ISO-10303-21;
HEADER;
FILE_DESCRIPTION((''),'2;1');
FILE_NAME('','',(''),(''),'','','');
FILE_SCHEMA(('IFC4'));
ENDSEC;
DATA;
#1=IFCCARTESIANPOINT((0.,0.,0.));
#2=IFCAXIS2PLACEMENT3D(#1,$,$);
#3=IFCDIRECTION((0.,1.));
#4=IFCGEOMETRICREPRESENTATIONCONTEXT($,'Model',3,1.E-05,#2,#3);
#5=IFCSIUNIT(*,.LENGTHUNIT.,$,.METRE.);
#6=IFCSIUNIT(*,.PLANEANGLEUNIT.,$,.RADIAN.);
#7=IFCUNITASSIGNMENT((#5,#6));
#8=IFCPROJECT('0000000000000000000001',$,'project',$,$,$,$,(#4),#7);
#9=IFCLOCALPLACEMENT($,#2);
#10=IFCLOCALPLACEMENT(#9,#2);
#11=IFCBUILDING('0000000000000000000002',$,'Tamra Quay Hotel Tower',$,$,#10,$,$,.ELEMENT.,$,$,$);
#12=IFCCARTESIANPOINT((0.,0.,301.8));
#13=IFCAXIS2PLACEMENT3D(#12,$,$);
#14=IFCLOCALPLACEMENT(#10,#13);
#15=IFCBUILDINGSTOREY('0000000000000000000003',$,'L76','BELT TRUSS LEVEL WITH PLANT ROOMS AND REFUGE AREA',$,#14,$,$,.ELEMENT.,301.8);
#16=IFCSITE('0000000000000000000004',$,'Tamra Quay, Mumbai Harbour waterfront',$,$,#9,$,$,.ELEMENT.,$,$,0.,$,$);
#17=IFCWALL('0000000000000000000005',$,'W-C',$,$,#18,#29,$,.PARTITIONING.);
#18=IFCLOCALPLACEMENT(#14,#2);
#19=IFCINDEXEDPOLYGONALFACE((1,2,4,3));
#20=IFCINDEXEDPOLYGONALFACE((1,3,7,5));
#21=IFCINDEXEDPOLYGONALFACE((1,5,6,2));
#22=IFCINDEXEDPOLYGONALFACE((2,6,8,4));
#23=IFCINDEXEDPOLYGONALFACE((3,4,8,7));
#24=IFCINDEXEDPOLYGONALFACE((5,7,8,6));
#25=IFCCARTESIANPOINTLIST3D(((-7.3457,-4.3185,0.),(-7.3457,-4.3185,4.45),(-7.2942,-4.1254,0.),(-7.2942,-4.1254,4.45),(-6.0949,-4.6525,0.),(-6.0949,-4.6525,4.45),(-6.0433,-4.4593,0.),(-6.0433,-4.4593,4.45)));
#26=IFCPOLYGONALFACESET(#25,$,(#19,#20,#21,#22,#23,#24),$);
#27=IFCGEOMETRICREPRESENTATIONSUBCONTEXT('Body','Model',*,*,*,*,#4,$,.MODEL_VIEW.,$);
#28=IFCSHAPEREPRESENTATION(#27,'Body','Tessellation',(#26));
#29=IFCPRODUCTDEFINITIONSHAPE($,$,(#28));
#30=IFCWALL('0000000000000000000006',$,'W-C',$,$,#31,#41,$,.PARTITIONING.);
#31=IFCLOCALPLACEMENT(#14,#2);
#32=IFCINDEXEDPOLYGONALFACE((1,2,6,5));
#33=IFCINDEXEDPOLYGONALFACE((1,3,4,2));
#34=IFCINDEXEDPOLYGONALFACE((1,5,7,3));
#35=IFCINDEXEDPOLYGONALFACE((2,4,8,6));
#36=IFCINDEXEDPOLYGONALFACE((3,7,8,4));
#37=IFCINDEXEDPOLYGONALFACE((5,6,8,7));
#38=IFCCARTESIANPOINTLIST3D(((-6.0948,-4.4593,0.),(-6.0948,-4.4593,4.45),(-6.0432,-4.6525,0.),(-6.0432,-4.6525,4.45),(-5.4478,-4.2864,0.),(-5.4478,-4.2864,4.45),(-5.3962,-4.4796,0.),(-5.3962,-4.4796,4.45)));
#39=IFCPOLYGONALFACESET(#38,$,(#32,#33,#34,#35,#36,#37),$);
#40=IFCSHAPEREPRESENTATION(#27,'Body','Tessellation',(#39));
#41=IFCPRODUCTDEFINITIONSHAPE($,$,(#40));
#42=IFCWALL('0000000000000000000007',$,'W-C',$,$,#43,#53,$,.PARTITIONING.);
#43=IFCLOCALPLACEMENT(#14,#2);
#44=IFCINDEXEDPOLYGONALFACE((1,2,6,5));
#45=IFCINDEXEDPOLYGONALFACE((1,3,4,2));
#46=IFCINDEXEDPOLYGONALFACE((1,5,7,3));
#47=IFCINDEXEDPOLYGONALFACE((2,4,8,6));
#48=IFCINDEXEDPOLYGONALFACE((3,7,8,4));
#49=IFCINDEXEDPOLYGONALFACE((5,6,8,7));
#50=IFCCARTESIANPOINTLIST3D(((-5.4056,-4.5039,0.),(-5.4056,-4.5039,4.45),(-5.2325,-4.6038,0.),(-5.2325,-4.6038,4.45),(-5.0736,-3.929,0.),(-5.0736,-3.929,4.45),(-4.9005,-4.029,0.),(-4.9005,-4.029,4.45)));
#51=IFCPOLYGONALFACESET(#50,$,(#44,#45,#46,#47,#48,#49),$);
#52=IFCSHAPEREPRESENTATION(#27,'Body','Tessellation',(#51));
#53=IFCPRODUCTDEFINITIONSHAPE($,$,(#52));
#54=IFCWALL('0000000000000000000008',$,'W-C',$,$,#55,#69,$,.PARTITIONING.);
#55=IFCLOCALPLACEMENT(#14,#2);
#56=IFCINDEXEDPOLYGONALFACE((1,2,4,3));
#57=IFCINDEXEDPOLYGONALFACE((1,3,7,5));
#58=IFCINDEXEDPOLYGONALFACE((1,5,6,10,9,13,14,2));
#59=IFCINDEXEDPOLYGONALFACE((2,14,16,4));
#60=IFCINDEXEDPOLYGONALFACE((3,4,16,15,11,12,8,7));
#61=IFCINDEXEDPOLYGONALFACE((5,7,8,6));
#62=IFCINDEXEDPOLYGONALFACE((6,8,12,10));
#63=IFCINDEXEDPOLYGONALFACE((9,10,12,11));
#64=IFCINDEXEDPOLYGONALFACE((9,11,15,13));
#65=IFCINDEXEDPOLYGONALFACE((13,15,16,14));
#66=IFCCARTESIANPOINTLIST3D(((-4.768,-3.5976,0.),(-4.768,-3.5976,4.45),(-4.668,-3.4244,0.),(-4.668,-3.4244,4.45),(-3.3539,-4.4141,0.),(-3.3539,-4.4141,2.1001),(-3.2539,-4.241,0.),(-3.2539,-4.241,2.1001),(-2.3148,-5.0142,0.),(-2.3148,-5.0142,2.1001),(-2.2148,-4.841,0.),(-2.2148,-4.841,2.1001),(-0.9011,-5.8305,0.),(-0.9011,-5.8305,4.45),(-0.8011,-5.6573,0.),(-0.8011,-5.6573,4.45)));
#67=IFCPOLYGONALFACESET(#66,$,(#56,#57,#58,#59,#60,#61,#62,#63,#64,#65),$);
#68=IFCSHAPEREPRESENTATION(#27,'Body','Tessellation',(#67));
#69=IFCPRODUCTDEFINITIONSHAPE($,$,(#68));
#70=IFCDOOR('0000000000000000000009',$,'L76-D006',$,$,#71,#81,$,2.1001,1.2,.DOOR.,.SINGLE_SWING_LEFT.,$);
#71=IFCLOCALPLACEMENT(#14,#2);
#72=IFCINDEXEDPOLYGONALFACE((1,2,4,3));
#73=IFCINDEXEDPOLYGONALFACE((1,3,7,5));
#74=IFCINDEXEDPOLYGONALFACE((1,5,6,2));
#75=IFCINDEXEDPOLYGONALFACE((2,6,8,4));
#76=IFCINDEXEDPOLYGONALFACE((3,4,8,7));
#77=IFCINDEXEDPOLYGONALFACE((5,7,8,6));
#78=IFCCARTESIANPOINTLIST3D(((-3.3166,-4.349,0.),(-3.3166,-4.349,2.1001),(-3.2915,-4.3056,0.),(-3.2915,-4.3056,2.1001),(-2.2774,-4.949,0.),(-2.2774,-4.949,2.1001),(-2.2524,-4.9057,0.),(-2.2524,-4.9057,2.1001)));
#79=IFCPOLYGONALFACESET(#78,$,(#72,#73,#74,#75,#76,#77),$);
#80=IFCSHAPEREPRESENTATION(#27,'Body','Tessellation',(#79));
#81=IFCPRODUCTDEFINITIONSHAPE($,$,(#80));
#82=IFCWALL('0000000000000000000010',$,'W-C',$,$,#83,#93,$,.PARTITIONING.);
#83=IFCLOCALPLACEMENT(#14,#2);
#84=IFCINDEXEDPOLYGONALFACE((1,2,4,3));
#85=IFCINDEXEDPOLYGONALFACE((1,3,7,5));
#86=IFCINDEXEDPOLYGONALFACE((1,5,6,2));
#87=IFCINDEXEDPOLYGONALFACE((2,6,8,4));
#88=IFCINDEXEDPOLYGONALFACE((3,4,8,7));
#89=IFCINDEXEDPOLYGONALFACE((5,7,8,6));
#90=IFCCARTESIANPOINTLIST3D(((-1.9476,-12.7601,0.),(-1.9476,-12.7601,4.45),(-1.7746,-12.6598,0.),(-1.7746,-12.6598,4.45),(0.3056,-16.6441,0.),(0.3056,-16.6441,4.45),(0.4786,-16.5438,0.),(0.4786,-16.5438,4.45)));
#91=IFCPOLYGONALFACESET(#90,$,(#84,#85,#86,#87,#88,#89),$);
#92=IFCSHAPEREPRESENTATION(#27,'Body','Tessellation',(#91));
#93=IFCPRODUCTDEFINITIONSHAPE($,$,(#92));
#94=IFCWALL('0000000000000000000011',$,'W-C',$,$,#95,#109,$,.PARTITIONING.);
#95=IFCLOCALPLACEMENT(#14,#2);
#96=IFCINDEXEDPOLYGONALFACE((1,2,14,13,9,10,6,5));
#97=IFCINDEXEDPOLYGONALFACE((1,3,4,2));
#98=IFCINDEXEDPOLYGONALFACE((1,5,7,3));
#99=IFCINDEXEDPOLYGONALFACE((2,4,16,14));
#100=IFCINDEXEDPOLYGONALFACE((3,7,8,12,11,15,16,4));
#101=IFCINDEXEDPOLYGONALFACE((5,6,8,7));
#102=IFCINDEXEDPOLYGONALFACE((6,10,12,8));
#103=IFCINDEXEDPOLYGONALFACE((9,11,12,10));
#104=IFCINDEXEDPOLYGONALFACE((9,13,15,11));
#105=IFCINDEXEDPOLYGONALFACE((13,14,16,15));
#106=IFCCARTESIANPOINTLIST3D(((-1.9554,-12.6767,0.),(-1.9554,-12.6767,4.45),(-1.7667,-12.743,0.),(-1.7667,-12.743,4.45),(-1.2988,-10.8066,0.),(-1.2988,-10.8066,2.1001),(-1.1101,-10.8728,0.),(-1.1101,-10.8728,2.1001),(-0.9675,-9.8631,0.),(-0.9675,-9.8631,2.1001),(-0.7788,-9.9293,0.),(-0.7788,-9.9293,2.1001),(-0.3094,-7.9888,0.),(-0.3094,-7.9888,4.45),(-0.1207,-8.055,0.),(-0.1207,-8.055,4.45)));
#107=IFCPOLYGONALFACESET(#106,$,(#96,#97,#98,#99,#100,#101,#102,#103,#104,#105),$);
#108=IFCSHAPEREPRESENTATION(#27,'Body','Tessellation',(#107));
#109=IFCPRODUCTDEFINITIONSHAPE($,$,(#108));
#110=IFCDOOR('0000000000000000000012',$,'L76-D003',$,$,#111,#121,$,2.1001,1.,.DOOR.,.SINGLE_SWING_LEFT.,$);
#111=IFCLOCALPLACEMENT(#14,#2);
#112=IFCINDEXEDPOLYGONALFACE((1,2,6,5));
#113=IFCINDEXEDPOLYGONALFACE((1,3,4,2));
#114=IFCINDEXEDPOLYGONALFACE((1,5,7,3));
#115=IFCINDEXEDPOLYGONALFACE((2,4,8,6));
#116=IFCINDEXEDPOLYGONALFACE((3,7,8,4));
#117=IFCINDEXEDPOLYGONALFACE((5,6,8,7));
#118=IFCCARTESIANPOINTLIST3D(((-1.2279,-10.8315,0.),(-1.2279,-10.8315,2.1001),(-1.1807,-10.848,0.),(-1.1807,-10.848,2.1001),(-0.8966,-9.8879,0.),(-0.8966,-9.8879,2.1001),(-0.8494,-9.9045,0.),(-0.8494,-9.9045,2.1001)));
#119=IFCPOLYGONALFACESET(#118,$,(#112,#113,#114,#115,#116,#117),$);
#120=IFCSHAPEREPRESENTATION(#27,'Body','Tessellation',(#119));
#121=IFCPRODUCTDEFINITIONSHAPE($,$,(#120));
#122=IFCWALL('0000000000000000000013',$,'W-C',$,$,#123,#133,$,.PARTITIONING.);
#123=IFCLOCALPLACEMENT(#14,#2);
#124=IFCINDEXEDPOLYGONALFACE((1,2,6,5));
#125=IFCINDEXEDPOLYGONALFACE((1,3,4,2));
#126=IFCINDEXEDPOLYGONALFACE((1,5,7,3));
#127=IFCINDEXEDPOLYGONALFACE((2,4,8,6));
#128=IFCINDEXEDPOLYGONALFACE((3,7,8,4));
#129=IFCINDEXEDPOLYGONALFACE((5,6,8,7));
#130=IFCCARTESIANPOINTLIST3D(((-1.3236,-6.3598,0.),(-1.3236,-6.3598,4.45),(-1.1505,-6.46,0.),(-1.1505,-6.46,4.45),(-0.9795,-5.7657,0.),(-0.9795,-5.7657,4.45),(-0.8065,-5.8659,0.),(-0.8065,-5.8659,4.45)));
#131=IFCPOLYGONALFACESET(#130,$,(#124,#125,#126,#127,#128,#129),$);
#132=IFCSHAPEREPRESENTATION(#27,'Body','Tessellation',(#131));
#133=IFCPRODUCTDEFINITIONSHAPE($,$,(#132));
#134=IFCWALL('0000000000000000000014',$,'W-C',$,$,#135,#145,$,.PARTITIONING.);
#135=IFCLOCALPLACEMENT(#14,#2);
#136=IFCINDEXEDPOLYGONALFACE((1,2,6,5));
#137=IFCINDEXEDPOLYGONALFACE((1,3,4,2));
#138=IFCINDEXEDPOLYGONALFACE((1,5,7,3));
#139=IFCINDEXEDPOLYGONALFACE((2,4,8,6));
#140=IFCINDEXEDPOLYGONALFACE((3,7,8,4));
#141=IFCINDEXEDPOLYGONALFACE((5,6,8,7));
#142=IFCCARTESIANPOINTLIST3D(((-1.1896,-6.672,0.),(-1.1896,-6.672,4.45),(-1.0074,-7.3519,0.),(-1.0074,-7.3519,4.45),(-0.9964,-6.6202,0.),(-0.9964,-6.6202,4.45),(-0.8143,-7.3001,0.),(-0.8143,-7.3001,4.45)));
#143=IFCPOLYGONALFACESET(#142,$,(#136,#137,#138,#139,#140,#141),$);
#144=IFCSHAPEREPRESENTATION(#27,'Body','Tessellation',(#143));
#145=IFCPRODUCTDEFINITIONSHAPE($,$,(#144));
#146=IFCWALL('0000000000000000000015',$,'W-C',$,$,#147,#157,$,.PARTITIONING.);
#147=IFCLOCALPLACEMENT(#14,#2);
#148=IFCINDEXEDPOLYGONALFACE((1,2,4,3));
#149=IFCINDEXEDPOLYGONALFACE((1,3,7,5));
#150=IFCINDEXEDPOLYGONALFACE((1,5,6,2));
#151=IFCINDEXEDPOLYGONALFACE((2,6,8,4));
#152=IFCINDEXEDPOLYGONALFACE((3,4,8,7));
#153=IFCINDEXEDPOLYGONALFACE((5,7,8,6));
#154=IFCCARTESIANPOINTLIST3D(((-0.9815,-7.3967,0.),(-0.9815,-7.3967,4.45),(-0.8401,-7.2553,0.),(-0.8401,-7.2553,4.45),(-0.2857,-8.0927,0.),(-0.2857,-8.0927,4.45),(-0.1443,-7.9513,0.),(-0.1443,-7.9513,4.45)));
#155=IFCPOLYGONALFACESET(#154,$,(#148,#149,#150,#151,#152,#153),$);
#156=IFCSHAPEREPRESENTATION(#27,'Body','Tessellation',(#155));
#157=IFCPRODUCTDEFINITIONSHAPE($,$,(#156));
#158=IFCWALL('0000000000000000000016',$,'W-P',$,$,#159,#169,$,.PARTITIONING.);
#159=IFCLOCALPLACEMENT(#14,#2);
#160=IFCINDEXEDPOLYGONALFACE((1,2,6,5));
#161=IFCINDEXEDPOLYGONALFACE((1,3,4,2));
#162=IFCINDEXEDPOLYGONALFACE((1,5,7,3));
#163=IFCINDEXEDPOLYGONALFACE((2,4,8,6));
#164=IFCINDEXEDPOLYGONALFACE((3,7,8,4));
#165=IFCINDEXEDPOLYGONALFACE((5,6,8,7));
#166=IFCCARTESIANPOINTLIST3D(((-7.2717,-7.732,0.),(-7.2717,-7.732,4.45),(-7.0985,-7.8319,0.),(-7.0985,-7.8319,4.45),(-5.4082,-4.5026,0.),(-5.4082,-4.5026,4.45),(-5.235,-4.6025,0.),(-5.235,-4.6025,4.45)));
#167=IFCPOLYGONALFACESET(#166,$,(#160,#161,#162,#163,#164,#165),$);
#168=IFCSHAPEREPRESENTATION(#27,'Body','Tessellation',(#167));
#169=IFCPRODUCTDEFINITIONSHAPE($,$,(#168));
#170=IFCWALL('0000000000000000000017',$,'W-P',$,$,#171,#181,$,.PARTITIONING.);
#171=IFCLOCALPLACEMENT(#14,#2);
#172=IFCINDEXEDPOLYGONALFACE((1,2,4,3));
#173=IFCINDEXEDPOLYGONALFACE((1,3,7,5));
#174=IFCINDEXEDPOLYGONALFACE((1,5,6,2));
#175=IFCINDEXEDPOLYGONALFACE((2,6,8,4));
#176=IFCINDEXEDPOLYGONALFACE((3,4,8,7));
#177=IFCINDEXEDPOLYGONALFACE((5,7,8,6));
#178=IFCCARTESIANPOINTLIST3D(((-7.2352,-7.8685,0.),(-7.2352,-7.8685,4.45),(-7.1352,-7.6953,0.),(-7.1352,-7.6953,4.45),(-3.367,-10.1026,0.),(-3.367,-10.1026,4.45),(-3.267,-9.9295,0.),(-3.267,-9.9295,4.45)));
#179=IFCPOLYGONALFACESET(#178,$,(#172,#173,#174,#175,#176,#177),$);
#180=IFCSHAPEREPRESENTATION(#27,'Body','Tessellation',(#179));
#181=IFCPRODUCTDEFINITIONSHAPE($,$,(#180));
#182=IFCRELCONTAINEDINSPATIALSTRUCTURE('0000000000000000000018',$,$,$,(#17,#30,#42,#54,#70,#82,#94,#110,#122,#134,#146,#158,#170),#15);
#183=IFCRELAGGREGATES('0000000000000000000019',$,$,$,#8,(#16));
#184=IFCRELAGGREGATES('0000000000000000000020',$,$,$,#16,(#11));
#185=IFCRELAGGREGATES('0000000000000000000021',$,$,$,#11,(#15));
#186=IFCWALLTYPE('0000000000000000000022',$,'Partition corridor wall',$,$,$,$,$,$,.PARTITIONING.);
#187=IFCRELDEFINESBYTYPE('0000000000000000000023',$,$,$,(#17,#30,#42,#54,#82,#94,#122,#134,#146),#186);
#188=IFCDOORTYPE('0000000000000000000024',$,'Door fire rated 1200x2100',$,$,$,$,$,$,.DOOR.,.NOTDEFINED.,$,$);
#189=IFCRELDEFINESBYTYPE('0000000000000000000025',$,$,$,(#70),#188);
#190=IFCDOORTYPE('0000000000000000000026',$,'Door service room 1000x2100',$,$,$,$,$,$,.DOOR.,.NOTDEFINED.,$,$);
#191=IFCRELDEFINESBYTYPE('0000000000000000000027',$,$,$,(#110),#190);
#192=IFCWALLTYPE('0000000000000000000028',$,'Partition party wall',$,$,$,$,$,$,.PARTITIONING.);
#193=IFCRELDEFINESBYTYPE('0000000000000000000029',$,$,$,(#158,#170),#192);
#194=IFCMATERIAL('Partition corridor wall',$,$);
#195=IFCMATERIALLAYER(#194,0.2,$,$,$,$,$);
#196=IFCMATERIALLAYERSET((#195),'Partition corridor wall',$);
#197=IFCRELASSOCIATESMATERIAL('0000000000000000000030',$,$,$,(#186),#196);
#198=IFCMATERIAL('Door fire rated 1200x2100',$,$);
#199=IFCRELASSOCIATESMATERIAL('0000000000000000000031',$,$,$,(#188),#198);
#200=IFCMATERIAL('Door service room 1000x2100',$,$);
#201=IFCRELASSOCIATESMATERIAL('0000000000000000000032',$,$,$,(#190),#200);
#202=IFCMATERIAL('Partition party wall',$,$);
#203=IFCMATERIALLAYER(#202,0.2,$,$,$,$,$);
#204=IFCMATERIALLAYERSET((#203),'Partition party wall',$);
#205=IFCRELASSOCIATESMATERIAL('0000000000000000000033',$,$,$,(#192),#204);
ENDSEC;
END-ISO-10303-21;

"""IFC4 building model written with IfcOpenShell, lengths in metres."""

from ifc_helpers import new_model, si_unit, direction, frame, frame_2d, origin, place, context, subcontext, project, spatial, rectangle, extrude, material, layer, layer_set, type_object, element, fill, save


model = new_model("IFC4")

# Units and contexts
model_context = context("Model", 3, precision=1e-05, world=origin(), true_north=direction((0.0, 1.0)))
body_context = subcontext(model_context, "Body", "Model", "MODEL_VIEW")
ifc_project = project(units=[si_unit("LENGTHUNIT", "METRE"), si_unit("PLANEANGLEUNIT", "RADIAN")], contexts=[model_context])

# Site, building, storey
site_placement = place(None, origin())
site = spatial("IfcSite", under=ifc_project, at=site_placement, Name="Tamra Quay, Mumbai Harbour waterfront", CompositionType="ELEMENT", RefElevation=0.0)
building_placement = place(site_placement, origin())
building = spatial("IfcBuilding", under=site, at=building_placement, Name="Tamra Quay Hotel Tower", CompositionType="ELEMENT")
storey_placement = place(building_placement, frame((0.0, 0.0, 301.8)))
storey = spatial("IfcBuildingStorey", under=building, at=storey_placement, Name="L76", Description="BELT TRUSS LEVEL WITH PLANT ROOMS AND REFUGE AREA", CompositionType="ELEMENT", Elevation=301.8)

# Walls
ifc_material_1 = material(Name="Partition corridor wall")
ifc_layer_1 = layer(ifc_material_1, 0.2)
ifc_layer_set_1 = layer_set([ifc_layer_1], Name="Partition corridor wall")
wall_type_1 = type_object("IfcWallType", Name="Partition corridor wall", PredefinedType="PARTITIONING", material=ifc_layer_set_1)
wall_1_placement = place(storey_placement, frame((-7.3201, -4.2219, 0.0), z_axis=(0.0, 0.0, 1.0), x_axis=(0.96616, -0.257944, 0.0)))
element("IfcWall", 1, at=wall_1_placement, inside=storey, type_object=wall_type_1, Name="W-C", PredefinedType="PARTITIONING", context=body_context, shape_type="SweptSolid", body=[
    extrude(rectangle(XDim=1.2947, YDim=0.2, at=frame_2d((0.6475, 0.0))), origin(), (0.0, 0.0, 1.0), 4.45),
])
wall_2_placement = place(storey_placement, frame((-6.0691, -4.5559, 0.0), z_axis=(0.0, 0.0, 1.0), x_axis=(0.966114, 0.258116, 0.0)))
element("IfcWall", 2, at=wall_2_placement, inside=storey, type_object=wall_type_1, Name="W-C", PredefinedType="PARTITIONING", context=body_context, shape_type="SweptSolid", body=[
    extrude(rectangle(XDim=0.6697, YDim=0.2, at=frame_2d((0.335, 0.0))), origin(), (0.0, 0.0, 1.0), 4.45),
])
wall_3_placement = place(storey_placement, frame((-5.3191, -4.554, 0.0), z_axis=(0.0, 0.0, 1.0), x_axis=(0.500094, 0.865971, 0.0)))
element("IfcWall", 3, at=wall_3_placement, inside=storey, type_object=wall_type_1, Name="W-C", PredefinedType="PARTITIONING", context=body_context, shape_type="SweptSolid", body=[
    extrude(rectangle(XDim=0.6638, YDim=0.2, at=frame_2d((0.332, 0.0))), origin(), (0.0, 0.0, 1.0), 4.45),
])

# Wall, opening, door
wall_4_placement = place(storey_placement, frame((-4.718, -3.511, 0.0), z_axis=(0.0, 0.0, 1.0), x_axis=(0.865993, -0.500055, 0.0)))
wall_4 = element("IfcWall", 4, at=wall_4_placement, inside=storey, type_object=wall_type_1, Name="W-C", PredefinedType="PARTITIONING", context=body_context, shape_type="SweptSolid", body=[
    extrude(rectangle(XDim=4.4653, YDim=0.2, at=frame_2d((2.2327, 0.0))), origin(), (0.0, 0.0, 1.0), 4.45),
])
opening_1_placement = place(wall_4_placement, frame((1.6328, 0.0, 0.0)))
opening_1 = element("IfcOpeningElement", 5, at=opening_1_placement, cuts=wall_4, PredefinedType="OPENING", context=body_context, shape_type="SweptSolid", body=[
    extrude(rectangle(XDim=1.2, YDim=2.1001, at=frame_2d((0.6001, 1.05))), frame((0.0, 0.1099, 0.0), z_axis=(0.0, -1.0, 0.0), x_axis=(1.0, 0.0, 0.0)), (0.0, 0.0, 1.0), 0.22),
])
ifc_material_2 = material(Name="Door fire rated 1200x2100")
door_type_1 = type_object("IfcDoorType", Name="Door fire rated 1200x2100", OperationType="NOTDEFINED", PredefinedType="DOOR", material=ifc_material_2)
door_1_placement = place(opening_1_placement, frame((1.2, 0.0, 0.0), z_axis=(0.0, 0.0, 1.0), x_axis=(-1.0, 0.0, 0.0)))
door_1 = element("IfcDoor", 6, at=door_1_placement, inside=storey, type_object=door_type_1, Name="L76-D006", OperationType="SINGLE_SWING_LEFT", OverallHeight=2.1001, OverallWidth=1.2, PredefinedType="DOOR", context=body_context, shape_type="SweptSolid", body=[
    extrude(rectangle(XDim=1.2, YDim=2.1001, at=frame_2d((0.6001, 1.05))), frame((0.0, 0.0249, 0.0), z_axis=(0.0, -1.0, 0.0), x_axis=(1.0, 0.0, 0.0)), (0.0, 0.0, 1.0), 0.05),
])
fill(opening_1, door_1)

# Wall
wall_5_placement = place(storey_placement, frame((-1.8611, -12.71, 0.0), z_axis=(0.0, 0.0, 1.0), x_axis=(0.501791, -0.864989, 0.0)))
element("IfcWall", 7, at=wall_5_placement, inside=storey, type_object=wall_type_1, Name="W-C", PredefinedType="PARTITIONING", context=body_context, shape_type="SweptSolid", body=[
    extrude(rectangle(XDim=4.4902, YDim=0.2, at=frame_2d((2.2451, 0.0))), origin(), (0.0, 0.0, 1.0), 4.45),
])

# Wall, opening, door
wall_6_placement = place(storey_placement, frame((-1.8611, -12.71, 0.0), z_axis=(0.0, 0.0, 1.0), x_axis=(0.331283, 0.943532, 0.0)))
wall_6 = element("IfcWall", 8, at=wall_6_placement, inside=storey, type_object=wall_type_1, Name="W-C", PredefinedType="PARTITIONING", context=body_context, shape_type="SweptSolid", body=[
    extrude(rectangle(XDim=4.9685, YDim=0.2, at=frame_2d((2.4844, 0.0))), origin(), (0.0, 0.0, 1.0), 4.45),
])
opening_2_placement = place(wall_6_placement, frame((1.9822, 0.0, 0.0)))
opening_2 = element("IfcOpeningElement", 9, at=opening_2_placement, cuts=wall_6, PredefinedType="OPENING", context=body_context, shape_type="SweptSolid", body=[
    extrude(rectangle(XDim=1.0, YDim=2.1001, at=frame_2d((0.5, 1.05))), frame((0.0, 0.1099, 0.0), z_axis=(0.0, -1.0, 0.0), x_axis=(1.0, 0.0, 0.0)), (0.0, 0.0, 1.0), 0.22),
])
ifc_material_3 = material(Name="Door service room 1000x2100")
door_type_2 = type_object("IfcDoorType", Name="Door service room 1000x2100", OperationType="NOTDEFINED", PredefinedType="DOOR", material=ifc_material_3)
door_2_placement = place(opening_2_placement, origin())
door_2 = element("IfcDoor", 10, at=door_2_placement, inside=storey, type_object=door_type_2, Name="L76-D003", OperationType="SINGLE_SWING_LEFT", OverallHeight=2.1001, OverallWidth=1.0, PredefinedType="DOOR", context=body_context, shape_type="SweptSolid", body=[
    extrude(rectangle(XDim=1.0, YDim=2.1001, at=frame_2d((0.5, 1.05))), frame((0.0, 0.0249, 0.0), z_axis=(0.0, -1.0, 0.0), x_axis=(1.0, 0.0, 0.0)), (0.0, 0.0, 1.0), 0.05),
])
fill(opening_2, door_2)

# Walls
wall_7_placement = place(storey_placement, frame((-1.2371, -6.4099, 0.0), z_axis=(0.0, 0.0, 1.0), x_axis=(0.501148, 0.865361, 0.0)))
element("IfcWall", 11, at=wall_7_placement, inside=storey, type_object=wall_type_1, Name="W-C", PredefinedType="PARTITIONING", context=body_context, shape_type="SweptSolid", body=[
    extrude(rectangle(XDim=0.6865, YDim=0.2, at=frame_2d((0.3433, 0.0))), origin(), (0.0, 0.0, 1.0), 4.45),
])
wall_8_placement = place(storey_placement, frame((-1.093, -6.646, 0.0), z_axis=(0.0, 0.0, 1.0), x_axis=(0.258742, -0.965947, 0.0)))
element("IfcWall", 12, at=wall_8_placement, inside=storey, type_object=wall_type_1, Name="W-C", PredefinedType="PARTITIONING", context=body_context, shape_type="SweptSolid", body=[
    extrude(rectangle(XDim=0.7039, YDim=0.2, at=frame_2d((0.3521, 0.0))), origin(), (0.0, 0.0, 1.0), 4.45),
])
wall_9_placement = place(storey_placement, frame((-0.9109, -7.3259, 0.0), z_axis=(0.0, 0.0, 1.0), x_axis=(0.706983, -0.707231, 0.0)))
element("IfcWall", 13, at=wall_9_placement, inside=storey, type_object=wall_type_1, Name="W-C", PredefinedType="PARTITIONING", context=body_context, shape_type="SweptSolid", body=[
    extrude(rectangle(XDim=0.9841, YDim=0.2, at=frame_2d((0.4922, 0.0))), origin(), (0.0, 0.0, 1.0), 4.45),
])
ifc_material_4 = material(Name="Partition party wall")
ifc_layer_2 = layer(ifc_material_4, 0.2)
ifc_layer_set_2 = layer_set([ifc_layer_2], Name="Partition party wall")
wall_type_2 = type_object("IfcWallType", Name="Partition party wall", PredefinedType="PARTITIONING", material=ifc_layer_set_2)
wall_10_placement = place(storey_placement, frame((-7.1851, -7.782, 0.0), z_axis=(0.0, 0.0, 1.0), x_axis=(0.499794, 0.866144, 0.0)))
element("IfcWall", 14, at=wall_10_placement, inside=storey, type_object=wall_type_2, Name="W-P", PredefinedType="PARTITIONING", context=body_context, shape_type="SweptSolid", body=[
    extrude(rectangle(XDim=3.7285, YDim=0.2, at=frame_2d((1.8643, 0.0))), origin(), (0.0, 0.0, 1.0), 4.45),
])
wall_11_placement = place(storey_placement, frame((-7.1851, -7.782, 0.0), z_axis=(0.0, 0.0, 1.0), x_axis=(0.865943, -0.500142, 0.0)))
element("IfcWall", 15, at=wall_11_placement, inside=storey, type_object=wall_type_2, Name="W-P", PredefinedType="PARTITIONING", context=body_context, shape_type="SweptSolid", body=[
    extrude(rectangle(XDim=4.467, YDim=0.2, at=frame_2d((2.2334, 0.0))), origin(), (0.0, 0.0, 1.0), 4.45),
])

save(model, "model.ifc")
